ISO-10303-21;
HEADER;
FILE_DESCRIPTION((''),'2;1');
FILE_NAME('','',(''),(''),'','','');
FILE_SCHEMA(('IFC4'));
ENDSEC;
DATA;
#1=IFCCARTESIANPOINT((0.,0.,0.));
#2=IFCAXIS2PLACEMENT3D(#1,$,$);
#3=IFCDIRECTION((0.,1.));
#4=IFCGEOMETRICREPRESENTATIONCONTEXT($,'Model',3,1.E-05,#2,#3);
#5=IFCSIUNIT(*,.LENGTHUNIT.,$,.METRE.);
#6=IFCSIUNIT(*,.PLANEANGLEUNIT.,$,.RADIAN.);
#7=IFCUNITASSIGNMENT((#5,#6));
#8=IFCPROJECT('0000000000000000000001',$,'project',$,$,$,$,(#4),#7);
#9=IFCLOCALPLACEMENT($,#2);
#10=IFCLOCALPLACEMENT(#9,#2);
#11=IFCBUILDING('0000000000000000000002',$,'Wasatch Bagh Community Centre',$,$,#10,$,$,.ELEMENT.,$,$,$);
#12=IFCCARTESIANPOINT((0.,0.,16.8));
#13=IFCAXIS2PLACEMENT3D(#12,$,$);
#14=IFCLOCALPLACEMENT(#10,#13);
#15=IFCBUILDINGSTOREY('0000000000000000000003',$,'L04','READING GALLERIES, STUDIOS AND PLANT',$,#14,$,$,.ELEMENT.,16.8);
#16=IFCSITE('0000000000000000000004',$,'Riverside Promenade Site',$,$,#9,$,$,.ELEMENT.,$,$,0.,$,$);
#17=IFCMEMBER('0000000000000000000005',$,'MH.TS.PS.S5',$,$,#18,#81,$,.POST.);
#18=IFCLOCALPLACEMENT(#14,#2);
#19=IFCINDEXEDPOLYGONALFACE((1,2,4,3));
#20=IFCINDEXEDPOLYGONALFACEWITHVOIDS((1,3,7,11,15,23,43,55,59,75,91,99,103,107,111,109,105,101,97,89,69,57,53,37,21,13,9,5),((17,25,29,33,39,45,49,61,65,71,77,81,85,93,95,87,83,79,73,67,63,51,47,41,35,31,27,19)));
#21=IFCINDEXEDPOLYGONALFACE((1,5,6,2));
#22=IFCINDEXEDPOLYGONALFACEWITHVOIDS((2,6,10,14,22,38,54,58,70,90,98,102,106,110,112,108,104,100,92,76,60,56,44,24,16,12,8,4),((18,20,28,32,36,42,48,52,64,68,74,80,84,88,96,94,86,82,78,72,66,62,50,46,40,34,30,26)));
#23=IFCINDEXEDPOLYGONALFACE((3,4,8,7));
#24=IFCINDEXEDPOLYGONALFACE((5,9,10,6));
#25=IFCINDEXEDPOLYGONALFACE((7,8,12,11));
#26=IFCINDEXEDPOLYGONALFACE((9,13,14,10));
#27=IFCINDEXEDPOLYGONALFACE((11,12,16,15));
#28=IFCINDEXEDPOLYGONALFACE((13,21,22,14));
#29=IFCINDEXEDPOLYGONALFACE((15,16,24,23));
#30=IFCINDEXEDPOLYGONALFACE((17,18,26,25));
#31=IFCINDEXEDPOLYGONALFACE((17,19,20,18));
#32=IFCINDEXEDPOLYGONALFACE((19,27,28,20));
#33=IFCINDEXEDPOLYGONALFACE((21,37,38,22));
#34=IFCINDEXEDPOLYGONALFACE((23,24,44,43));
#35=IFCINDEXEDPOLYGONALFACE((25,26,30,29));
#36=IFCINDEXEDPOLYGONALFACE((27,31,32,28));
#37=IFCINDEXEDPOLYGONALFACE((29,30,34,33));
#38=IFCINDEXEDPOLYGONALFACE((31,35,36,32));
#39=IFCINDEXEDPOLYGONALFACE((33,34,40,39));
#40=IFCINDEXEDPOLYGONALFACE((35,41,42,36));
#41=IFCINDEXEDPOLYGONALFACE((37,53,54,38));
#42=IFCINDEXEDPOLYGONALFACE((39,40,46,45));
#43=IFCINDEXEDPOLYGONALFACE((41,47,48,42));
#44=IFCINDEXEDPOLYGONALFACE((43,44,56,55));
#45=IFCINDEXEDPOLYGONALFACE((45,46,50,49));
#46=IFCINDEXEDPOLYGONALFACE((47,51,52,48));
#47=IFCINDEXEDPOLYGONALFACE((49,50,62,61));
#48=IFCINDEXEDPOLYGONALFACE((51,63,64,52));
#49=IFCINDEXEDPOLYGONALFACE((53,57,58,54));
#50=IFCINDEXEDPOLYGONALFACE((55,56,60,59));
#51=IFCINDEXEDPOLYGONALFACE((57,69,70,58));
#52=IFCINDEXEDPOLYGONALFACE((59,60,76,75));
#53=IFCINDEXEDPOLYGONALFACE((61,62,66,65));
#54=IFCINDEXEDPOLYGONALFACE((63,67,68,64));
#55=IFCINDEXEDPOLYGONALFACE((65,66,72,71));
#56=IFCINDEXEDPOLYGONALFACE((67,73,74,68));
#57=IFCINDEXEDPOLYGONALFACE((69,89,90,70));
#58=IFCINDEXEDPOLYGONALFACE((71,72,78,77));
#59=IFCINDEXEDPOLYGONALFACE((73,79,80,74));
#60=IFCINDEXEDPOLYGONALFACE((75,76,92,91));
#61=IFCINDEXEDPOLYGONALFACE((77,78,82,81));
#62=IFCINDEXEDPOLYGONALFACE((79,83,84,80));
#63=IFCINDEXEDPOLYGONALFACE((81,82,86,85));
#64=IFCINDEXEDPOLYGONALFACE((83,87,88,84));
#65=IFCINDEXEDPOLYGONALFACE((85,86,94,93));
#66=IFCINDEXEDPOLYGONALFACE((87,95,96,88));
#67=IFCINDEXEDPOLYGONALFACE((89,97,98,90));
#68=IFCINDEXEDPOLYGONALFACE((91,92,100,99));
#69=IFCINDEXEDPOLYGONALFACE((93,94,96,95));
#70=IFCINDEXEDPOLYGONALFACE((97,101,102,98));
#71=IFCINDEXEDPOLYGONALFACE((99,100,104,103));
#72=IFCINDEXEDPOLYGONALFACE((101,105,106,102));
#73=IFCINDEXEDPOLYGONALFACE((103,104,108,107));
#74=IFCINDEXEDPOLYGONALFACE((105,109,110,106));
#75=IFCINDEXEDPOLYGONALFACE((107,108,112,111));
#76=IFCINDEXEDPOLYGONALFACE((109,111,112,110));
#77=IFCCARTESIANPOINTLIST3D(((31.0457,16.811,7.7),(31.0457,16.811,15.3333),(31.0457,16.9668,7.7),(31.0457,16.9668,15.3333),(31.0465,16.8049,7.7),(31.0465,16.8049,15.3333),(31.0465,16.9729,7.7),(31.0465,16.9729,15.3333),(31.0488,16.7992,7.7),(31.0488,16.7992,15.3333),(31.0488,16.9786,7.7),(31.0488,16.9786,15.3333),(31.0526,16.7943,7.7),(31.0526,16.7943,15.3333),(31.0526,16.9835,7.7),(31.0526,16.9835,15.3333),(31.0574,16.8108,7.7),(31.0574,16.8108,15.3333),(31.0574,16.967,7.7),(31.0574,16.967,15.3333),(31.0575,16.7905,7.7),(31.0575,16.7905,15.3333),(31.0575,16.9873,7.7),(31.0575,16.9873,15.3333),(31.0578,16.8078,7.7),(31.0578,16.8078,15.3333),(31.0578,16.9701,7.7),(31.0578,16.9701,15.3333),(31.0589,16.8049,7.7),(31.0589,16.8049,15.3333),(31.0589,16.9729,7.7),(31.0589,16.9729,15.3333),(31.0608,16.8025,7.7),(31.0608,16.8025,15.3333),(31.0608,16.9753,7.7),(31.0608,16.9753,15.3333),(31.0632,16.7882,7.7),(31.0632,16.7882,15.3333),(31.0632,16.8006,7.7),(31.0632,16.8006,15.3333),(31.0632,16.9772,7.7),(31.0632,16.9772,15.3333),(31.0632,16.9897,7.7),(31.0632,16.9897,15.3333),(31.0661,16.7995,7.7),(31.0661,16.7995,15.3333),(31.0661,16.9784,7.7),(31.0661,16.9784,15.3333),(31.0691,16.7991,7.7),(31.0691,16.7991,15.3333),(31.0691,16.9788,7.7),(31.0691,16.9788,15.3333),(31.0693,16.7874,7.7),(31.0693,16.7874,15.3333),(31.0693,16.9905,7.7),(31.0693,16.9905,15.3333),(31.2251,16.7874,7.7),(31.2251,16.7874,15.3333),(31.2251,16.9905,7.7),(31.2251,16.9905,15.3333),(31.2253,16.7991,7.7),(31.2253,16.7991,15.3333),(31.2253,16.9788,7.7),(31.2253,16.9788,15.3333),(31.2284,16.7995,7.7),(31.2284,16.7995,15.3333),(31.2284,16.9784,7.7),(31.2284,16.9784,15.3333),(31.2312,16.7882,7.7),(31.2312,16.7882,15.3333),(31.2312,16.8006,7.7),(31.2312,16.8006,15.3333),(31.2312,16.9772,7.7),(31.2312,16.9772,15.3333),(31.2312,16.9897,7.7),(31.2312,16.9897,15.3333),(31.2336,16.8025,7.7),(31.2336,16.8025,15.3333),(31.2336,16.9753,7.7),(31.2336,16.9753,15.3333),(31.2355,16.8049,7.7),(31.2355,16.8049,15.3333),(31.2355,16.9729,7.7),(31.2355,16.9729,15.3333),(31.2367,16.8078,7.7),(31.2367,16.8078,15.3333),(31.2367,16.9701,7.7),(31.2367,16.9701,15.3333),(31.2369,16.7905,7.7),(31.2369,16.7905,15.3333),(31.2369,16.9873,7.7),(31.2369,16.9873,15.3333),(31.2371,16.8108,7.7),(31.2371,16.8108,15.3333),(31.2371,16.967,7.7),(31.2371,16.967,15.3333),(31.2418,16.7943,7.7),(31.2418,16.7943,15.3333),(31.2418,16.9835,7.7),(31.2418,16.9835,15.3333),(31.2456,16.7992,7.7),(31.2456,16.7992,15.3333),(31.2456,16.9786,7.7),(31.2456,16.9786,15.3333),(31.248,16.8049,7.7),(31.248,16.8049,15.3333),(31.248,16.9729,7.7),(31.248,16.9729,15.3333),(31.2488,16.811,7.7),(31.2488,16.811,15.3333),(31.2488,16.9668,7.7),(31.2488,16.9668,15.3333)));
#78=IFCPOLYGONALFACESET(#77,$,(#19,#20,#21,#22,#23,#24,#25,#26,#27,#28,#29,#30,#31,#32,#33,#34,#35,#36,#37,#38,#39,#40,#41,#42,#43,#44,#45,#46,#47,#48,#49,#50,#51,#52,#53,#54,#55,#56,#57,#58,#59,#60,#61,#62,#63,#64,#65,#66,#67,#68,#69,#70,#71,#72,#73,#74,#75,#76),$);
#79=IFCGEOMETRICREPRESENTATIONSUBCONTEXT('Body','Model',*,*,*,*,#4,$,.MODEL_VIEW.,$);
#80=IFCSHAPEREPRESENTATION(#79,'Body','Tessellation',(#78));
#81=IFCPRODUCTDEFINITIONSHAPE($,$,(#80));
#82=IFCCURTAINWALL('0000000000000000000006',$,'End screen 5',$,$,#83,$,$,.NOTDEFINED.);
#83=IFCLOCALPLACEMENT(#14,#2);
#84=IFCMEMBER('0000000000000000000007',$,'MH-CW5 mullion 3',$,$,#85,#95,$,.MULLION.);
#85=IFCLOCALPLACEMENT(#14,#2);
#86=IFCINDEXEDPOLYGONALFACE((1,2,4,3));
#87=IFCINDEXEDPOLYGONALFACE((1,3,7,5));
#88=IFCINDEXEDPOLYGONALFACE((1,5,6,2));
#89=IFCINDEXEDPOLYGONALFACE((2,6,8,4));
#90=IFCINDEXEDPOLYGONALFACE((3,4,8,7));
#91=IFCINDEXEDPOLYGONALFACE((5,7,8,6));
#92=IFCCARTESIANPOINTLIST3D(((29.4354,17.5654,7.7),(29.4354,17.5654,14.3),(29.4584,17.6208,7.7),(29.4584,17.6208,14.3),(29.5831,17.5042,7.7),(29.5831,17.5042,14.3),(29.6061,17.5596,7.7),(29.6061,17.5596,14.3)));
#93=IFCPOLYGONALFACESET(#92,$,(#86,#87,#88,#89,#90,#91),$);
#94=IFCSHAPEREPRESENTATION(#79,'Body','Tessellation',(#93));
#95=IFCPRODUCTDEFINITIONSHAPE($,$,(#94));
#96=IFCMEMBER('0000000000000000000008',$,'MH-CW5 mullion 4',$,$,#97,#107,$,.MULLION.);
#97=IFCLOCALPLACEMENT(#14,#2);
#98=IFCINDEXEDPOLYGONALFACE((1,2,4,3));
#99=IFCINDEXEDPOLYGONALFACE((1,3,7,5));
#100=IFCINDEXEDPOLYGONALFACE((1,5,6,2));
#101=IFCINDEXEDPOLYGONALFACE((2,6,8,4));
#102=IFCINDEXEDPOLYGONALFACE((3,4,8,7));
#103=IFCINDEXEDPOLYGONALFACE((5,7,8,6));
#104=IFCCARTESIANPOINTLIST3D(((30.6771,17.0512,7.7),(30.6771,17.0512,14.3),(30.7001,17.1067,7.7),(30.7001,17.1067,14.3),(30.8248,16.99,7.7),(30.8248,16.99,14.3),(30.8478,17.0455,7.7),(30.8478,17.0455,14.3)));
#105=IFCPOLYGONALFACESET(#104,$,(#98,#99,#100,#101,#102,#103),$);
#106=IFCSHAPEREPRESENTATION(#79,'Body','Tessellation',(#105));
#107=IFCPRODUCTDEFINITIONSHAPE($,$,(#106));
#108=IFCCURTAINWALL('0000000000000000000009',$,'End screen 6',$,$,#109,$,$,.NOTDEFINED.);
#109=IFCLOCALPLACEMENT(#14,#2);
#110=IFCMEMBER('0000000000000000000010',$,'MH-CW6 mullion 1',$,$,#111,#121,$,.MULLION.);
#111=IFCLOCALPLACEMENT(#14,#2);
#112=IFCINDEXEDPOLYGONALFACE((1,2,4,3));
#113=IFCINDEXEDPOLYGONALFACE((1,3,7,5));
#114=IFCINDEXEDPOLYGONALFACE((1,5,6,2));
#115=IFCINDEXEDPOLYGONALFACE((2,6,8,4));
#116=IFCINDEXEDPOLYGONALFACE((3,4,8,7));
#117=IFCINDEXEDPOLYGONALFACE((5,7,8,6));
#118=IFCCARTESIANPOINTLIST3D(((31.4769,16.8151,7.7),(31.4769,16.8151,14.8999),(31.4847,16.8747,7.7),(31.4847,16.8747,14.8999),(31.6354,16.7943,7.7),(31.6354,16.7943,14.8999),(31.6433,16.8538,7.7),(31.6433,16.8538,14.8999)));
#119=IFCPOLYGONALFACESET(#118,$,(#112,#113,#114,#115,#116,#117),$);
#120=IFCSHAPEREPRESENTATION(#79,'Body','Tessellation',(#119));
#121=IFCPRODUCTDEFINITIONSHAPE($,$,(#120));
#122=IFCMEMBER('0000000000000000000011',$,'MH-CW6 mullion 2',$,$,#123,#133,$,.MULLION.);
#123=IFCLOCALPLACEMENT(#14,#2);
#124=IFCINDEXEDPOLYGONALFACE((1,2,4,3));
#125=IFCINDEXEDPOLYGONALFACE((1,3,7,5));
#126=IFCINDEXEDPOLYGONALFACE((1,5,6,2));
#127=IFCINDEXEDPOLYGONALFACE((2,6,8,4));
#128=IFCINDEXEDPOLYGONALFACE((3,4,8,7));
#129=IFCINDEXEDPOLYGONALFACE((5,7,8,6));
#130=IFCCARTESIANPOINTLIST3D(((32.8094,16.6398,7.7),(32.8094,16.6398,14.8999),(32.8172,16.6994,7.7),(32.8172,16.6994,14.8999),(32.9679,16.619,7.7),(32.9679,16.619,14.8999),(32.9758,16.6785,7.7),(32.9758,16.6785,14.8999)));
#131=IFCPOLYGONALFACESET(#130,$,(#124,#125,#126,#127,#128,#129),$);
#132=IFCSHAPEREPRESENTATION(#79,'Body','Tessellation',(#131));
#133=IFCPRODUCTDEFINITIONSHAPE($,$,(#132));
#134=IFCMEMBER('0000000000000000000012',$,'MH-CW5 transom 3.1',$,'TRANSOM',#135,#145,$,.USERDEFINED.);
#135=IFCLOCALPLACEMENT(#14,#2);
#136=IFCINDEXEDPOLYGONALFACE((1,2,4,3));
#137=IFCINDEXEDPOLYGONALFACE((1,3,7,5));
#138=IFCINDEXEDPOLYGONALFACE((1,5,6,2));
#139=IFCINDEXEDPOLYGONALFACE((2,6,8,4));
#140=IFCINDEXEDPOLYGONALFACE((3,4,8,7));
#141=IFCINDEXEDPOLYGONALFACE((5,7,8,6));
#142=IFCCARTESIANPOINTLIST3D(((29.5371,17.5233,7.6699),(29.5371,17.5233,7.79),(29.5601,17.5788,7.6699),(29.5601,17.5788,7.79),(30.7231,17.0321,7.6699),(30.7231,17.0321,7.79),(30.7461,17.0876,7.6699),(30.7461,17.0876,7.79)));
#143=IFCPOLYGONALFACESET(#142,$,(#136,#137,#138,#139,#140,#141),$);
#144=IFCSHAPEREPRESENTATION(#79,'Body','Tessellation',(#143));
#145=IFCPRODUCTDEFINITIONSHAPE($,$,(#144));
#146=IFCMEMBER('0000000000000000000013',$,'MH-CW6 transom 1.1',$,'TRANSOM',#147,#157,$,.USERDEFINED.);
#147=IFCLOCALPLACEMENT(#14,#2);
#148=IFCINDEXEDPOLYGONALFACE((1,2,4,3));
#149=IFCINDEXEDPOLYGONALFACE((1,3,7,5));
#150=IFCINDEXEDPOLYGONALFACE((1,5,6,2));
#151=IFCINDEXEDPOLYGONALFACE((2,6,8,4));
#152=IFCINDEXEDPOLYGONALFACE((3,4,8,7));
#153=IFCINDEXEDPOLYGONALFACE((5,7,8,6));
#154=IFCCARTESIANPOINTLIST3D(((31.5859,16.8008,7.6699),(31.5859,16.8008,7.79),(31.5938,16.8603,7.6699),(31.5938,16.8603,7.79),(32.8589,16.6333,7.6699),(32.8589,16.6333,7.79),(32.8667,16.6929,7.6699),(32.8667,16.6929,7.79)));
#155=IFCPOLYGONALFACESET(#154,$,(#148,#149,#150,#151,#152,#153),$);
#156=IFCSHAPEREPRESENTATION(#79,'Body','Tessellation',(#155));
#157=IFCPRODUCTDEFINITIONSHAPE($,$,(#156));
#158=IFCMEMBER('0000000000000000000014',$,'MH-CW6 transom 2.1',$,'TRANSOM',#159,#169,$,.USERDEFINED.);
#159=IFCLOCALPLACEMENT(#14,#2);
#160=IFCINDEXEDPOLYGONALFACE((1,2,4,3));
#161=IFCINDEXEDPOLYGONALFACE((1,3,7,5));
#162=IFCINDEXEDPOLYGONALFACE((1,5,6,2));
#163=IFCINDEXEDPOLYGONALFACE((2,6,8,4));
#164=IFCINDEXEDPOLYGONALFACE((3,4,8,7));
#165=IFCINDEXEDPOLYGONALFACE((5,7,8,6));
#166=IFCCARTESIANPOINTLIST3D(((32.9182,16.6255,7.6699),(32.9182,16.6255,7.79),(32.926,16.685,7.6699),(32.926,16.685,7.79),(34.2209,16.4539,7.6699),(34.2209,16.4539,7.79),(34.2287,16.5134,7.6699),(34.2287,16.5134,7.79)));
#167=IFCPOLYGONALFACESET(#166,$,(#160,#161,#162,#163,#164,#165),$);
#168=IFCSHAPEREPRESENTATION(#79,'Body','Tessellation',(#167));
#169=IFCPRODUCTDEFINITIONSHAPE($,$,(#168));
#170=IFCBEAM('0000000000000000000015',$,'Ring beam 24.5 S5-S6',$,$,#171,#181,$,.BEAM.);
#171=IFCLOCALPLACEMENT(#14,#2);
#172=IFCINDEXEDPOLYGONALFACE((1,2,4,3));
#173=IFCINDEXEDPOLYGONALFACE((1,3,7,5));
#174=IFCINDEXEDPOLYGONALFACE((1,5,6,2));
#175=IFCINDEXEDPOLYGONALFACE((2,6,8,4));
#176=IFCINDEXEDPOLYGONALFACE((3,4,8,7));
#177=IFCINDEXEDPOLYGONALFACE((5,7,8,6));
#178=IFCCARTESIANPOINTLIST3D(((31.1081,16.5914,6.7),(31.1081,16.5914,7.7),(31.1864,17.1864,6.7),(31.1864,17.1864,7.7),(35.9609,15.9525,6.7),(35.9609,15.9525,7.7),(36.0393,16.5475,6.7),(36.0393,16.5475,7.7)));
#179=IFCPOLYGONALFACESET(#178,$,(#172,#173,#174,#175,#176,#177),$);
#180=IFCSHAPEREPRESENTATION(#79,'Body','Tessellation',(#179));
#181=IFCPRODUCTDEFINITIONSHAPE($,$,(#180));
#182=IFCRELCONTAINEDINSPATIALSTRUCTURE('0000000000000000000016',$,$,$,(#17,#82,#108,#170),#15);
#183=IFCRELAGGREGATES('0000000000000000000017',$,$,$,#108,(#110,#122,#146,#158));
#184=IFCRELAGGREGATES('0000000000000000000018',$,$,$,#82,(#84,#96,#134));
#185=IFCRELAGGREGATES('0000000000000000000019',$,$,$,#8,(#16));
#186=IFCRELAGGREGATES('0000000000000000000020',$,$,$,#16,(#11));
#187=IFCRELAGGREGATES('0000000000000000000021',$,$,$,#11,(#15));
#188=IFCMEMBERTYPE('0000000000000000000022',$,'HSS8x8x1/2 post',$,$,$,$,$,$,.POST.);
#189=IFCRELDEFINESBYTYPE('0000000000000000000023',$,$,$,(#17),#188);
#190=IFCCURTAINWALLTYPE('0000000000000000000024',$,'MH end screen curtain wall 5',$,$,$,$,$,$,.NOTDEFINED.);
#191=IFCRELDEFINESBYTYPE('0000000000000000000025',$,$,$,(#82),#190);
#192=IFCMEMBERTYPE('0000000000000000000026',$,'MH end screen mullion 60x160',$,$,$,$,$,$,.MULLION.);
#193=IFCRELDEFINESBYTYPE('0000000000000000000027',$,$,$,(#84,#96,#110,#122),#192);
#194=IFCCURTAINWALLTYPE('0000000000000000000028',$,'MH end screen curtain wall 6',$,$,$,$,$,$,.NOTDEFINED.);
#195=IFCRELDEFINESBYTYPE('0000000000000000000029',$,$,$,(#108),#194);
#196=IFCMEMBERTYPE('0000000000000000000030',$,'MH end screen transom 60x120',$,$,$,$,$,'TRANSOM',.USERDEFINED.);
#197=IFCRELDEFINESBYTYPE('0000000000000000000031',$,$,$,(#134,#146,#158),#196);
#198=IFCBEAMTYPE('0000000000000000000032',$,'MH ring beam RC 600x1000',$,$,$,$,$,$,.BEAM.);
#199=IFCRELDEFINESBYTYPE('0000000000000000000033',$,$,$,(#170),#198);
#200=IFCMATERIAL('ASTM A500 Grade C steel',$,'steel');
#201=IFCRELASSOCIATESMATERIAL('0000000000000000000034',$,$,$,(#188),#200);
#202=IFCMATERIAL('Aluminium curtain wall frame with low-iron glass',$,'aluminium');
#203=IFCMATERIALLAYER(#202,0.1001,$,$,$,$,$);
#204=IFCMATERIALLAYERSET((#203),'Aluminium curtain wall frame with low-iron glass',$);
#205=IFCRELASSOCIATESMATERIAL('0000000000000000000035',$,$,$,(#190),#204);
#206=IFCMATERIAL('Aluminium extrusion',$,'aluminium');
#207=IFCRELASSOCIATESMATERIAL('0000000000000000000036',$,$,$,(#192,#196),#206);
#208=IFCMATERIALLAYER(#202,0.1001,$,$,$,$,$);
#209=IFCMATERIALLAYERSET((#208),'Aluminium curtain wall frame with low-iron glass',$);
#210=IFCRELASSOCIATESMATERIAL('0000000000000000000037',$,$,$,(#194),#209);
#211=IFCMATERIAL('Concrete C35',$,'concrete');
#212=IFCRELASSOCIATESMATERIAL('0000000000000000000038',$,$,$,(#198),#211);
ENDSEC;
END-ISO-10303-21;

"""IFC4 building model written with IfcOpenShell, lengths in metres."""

from ifc_helpers import new_model, si_unit, direction, frame, origin, origin_2d, place, context, subcontext, project, spatial, rectangle, hollow_rectangle, extrude, material, layer, layer_set, material_profile, profile_set, type_object, element, aggregate, save


model = new_model("IFC4")

# Units and contexts
model_context = context("Model", 3, precision=1e-05, world=origin(), true_north=direction((0.0, 1.0)))
body_context = subcontext(model_context, "Body", "Model", "MODEL_VIEW")
ifc_project = project(units=[si_unit("LENGTHUNIT", "METRE"), si_unit("PLANEANGLEUNIT", "RADIAN")], contexts=[model_context])

# Site, building, storey
site_placement = place(None, origin())
site = spatial("IfcSite", under=ifc_project, at=site_placement, Name="Riverside Promenade Site", CompositionType="ELEMENT", RefElevation=0.0)
building_placement = place(site_placement, origin())
building = spatial("IfcBuilding", under=site, at=building_placement, Name="Wasatch Bagh Community Centre", CompositionType="ELEMENT")
storey_placement = place(building_placement, frame((0.0, 0.0, 16.8)))
storey = spatial("IfcBuildingStorey", under=building, at=storey_placement, Name="L04", Description="READING GALLERIES, STUDIOS AND PLANT", CompositionType="ELEMENT", Elevation=16.8)

# Member
ifc_material_1 = material(Name="ASTM A500 Grade C steel", Category="steel")
ifc_material_profile_1 = material_profile(ifc_material_1, hollow_rectangle(XDim=0.2031, YDim=0.2031, WallThickness=0.0117, InnerFilletRadius=0.0117, OuterFilletRadius=0.0237, at=origin_2d()), Name="HSS8x8x1/2")
ifc_profile_set_1 = profile_set([ifc_material_profile_1], Name="ASTM A500 Grade C steel")
member_type_1 = type_object("IfcMemberType", Name="HSS8x8x1/2 post", PredefinedType="POST", material=ifc_profile_set_1)
member_1_placement = place(storey_placement, frame((31.1472, 16.8889, 7.7), z_axis=(0.0, 0.0, 1.0), x_axis=(1.0, 0.0, 0.0)))
element("IfcMember", 1, at=member_1_placement, inside=storey, type_object=member_type_1, Name="MH.TS.PS.S5", PredefinedType="POST", context=body_context, shape_type="SweptSolid", body=[
    extrude(hollow_rectangle(XDim=0.2031, YDim=0.2031, WallThickness=0.0117, InnerFilletRadius=0.0117, OuterFilletRadius=0.0237, at=origin_2d()), origin(), (0.0, 0.0, 1.0), 7.6333),
])

# Curtain walls, members
ifc_material_2 = material(Name="Aluminium curtain wall frame with low-iron glass", Category="aluminium")
ifc_layer_1 = layer(ifc_material_2, 0.1001)
ifc_layer_set_1 = layer_set([ifc_layer_1], Name="Aluminium curtain wall frame with low-iron glass")
curtain_wall_type_1 = type_object("IfcCurtainWallType", Name="MH end screen curtain wall 5", PredefinedType="NOTDEFINED", material=ifc_layer_set_1)
curtain_wall_1_placement = place(storey_placement, origin())
curtain_wall_1 = element("IfcCurtainWall", 2, at=curtain_wall_1_placement, inside=storey, type_object=curtain_wall_type_1, Name="End screen 5", PredefinedType="NOTDEFINED")
ifc_material_3 = material(Name="Aluminium extrusion", Category="aluminium")
ifc_material_profile_2 = material_profile(ifc_material_3, rectangle(XDim=0.0601, YDim=0.1599, at=origin_2d()), Name="AL 60x160")
ifc_profile_set_2 = profile_set([ifc_material_profile_2], Name="Aluminium extrusion")
member_type_2 = type_object("IfcMemberType", Name="MH end screen mullion 60x160", PredefinedType="MULLION", material=ifc_profile_set_2)
member_2_placement = place(storey_placement, frame((29.5208, 17.5625, 7.7), z_axis=(0.0, 0.0, 1.0), x_axis=(0.382683, 0.92388, 0.0)))
member_2 = element("IfcMember", 3, at=member_2_placement, type_object=member_type_2, Name="MH-CW5 mullion 3", PredefinedType="MULLION", context=body_context, shape_type="SweptSolid", body=[
    extrude(rectangle(XDim=0.0601, YDim=0.1599, at=origin_2d()), origin(), (0.0, 0.0, 1.0), 6.6001),
])
member_3_placement = place(storey_placement, frame((30.7625, 17.0483, 7.7), z_axis=(0.0, 0.0, 1.0), x_axis=(0.382683, 0.92388, 0.0)))
member_3 = element("IfcMember", 4, at=member_3_placement, type_object=member_type_2, Name="MH-CW5 mullion 4", PredefinedType="MULLION", context=body_context, shape_type="SweptSolid", body=[
    extrude(rectangle(XDim=0.0601, YDim=0.1599, at=origin_2d()), origin(), (0.0, 0.0, 1.0), 6.6001),
])
ifc_layer_2 = layer(ifc_material_2, 0.1001)
ifc_layer_set_2 = layer_set([ifc_layer_2], Name="Aluminium curtain wall frame with low-iron glass")
curtain_wall_type_2 = type_object("IfcCurtainWallType", Name="MH end screen curtain wall 6", PredefinedType="NOTDEFINED", material=ifc_layer_set_2)
curtain_wall_2_placement = place(storey_placement, origin())
curtain_wall_2 = element("IfcCurtainWall", 5, at=curtain_wall_2_placement, inside=storey, type_object=curtain_wall_type_2, Name="End screen 6", PredefinedType="NOTDEFINED")
member_4_placement = place(storey_placement, frame((31.5601, 16.8345, 7.7), z_axis=(0.0, 0.0, 1.0), x_axis=(0.130526, 0.991445, 0.0)))
member_4 = element("IfcMember", 6, at=member_4_placement, type_object=member_type_2, Name="MH-CW6 mullion 1", PredefinedType="MULLION", context=body_context, shape_type="SweptSolid", body=[
    extrude(rectangle(XDim=0.0601, YDim=0.1599, at=origin_2d()), origin(), (0.0, 0.0, 1.0), 7.2),
])
member_5_placement = place(storey_placement, frame((32.8926, 16.6592, 7.7), z_axis=(0.0, 0.0, 1.0), x_axis=(0.130526, 0.991445, 0.0)))
member_5 = element("IfcMember", 7, at=member_5_placement, type_object=member_type_2, Name="MH-CW6 mullion 2", PredefinedType="MULLION", context=body_context, shape_type="SweptSolid", body=[
    extrude(rectangle(XDim=0.0601, YDim=0.1599, at=origin_2d()), origin(), (0.0, 0.0, 1.0), 7.2),
])

# Members
ifc_material_profile_3 = material_profile(ifc_material_3, rectangle(XDim=0.0601, YDim=0.1201, at=origin_2d()), Name="AL 60x120")
ifc_profile_set_3 = profile_set([ifc_material_profile_3], Name="Aluminium extrusion")
member_type_3 = type_object("IfcMemberType", Name="MH end screen transom 60x120", ElementType="TRANSOM", PredefinedType="USERDEFINED", material=ifc_profile_set_3)
member_6_placement = place(storey_placement, frame((29.5486, 17.551, 7.73), z_axis=(0.923896, -0.382643, 0.0), x_axis=(0.382643, 0.923896, 0.0)))
member_6 = element("IfcMember", 8, at=member_6_placement, type_object=member_type_3, Name="MH-CW5 transom 3.1", ObjectType="TRANSOM", PredefinedType="USERDEFINED", context=body_context, shape_type="SweptSolid", body=[
    extrude(rectangle(XDim=0.0601, YDim=0.1201, at=origin_2d()), origin(), (0.0, 0.0, 1.0), 1.2837),
])
member_7_placement = place(storey_placement, frame((31.5898, 16.8306, 7.73), z_axis=(0.991456, -0.130445, 0.0), x_axis=(0.130445, 0.991456, 0.0)))
member_7 = element("IfcMember", 9, at=member_7_placement, type_object=member_type_3, Name="MH-CW6 transom 1.1", ObjectType="TRANSOM", PredefinedType="USERDEFINED", context=body_context, shape_type="SweptSolid", body=[
    extrude(rectangle(XDim=0.0601, YDim=0.1201, at=origin_2d()), origin(), (0.0, 0.0, 1.0), 1.2839),
])
member_8_placement = place(storey_placement, frame((32.9221, 16.6553, 7.73), z_axis=(0.991433, -0.130618, 0.0), x_axis=(0.130618, 0.991433, 0.0)))
member_8 = element("IfcMember", 10, at=member_8_placement, type_object=member_type_3, Name="MH-CW6 transom 2.1", ObjectType="TRANSOM", PredefinedType="USERDEFINED", context=body_context, shape_type="SweptSolid", body=[
    extrude(rectangle(XDim=0.0601, YDim=0.1201, at=origin_2d()), origin(), (0.0, 0.0, 1.0), 1.314),
])

# Beam
ifc_material_4 = material(Name="Concrete C35", Category="concrete")
ifc_material_profile_4 = material_profile(ifc_material_4, rectangle(XDim=0.6001, YDim=1.0, at=origin_2d()), Name="RC 600x1000")
ifc_profile_set_4 = profile_set([ifc_material_profile_4], Name="Concrete C35")
beam_type = type_object("IfcBeamType", Name="MH ring beam RC 600x1000", PredefinedType="BEAM", material=ifc_profile_set_4)
beam_placement = place(storey_placement, frame((31.1472, 16.8889, 7.2), z_axis=(0.991444, -0.130533, 0.0), x_axis=(0.130533, 0.991444, 0.0)))
element("IfcBeam", 11, at=beam_placement, inside=storey, type_object=beam_type, Name="Ring beam 24.5 S5-S6", PredefinedType="BEAM", context=body_context, shape_type="SweptSolid", body=[
    extrude(rectangle(XDim=0.6001, YDim=1.0, at=origin_2d()), origin(), (0.0, 0.0, 1.0), 4.8948),
])

aggregate(curtain_wall_2, [member_4, member_5, member_7, member_8])
aggregate(curtain_wall_1, [member_2, member_3, member_6])

save(model, "model.ifc")
